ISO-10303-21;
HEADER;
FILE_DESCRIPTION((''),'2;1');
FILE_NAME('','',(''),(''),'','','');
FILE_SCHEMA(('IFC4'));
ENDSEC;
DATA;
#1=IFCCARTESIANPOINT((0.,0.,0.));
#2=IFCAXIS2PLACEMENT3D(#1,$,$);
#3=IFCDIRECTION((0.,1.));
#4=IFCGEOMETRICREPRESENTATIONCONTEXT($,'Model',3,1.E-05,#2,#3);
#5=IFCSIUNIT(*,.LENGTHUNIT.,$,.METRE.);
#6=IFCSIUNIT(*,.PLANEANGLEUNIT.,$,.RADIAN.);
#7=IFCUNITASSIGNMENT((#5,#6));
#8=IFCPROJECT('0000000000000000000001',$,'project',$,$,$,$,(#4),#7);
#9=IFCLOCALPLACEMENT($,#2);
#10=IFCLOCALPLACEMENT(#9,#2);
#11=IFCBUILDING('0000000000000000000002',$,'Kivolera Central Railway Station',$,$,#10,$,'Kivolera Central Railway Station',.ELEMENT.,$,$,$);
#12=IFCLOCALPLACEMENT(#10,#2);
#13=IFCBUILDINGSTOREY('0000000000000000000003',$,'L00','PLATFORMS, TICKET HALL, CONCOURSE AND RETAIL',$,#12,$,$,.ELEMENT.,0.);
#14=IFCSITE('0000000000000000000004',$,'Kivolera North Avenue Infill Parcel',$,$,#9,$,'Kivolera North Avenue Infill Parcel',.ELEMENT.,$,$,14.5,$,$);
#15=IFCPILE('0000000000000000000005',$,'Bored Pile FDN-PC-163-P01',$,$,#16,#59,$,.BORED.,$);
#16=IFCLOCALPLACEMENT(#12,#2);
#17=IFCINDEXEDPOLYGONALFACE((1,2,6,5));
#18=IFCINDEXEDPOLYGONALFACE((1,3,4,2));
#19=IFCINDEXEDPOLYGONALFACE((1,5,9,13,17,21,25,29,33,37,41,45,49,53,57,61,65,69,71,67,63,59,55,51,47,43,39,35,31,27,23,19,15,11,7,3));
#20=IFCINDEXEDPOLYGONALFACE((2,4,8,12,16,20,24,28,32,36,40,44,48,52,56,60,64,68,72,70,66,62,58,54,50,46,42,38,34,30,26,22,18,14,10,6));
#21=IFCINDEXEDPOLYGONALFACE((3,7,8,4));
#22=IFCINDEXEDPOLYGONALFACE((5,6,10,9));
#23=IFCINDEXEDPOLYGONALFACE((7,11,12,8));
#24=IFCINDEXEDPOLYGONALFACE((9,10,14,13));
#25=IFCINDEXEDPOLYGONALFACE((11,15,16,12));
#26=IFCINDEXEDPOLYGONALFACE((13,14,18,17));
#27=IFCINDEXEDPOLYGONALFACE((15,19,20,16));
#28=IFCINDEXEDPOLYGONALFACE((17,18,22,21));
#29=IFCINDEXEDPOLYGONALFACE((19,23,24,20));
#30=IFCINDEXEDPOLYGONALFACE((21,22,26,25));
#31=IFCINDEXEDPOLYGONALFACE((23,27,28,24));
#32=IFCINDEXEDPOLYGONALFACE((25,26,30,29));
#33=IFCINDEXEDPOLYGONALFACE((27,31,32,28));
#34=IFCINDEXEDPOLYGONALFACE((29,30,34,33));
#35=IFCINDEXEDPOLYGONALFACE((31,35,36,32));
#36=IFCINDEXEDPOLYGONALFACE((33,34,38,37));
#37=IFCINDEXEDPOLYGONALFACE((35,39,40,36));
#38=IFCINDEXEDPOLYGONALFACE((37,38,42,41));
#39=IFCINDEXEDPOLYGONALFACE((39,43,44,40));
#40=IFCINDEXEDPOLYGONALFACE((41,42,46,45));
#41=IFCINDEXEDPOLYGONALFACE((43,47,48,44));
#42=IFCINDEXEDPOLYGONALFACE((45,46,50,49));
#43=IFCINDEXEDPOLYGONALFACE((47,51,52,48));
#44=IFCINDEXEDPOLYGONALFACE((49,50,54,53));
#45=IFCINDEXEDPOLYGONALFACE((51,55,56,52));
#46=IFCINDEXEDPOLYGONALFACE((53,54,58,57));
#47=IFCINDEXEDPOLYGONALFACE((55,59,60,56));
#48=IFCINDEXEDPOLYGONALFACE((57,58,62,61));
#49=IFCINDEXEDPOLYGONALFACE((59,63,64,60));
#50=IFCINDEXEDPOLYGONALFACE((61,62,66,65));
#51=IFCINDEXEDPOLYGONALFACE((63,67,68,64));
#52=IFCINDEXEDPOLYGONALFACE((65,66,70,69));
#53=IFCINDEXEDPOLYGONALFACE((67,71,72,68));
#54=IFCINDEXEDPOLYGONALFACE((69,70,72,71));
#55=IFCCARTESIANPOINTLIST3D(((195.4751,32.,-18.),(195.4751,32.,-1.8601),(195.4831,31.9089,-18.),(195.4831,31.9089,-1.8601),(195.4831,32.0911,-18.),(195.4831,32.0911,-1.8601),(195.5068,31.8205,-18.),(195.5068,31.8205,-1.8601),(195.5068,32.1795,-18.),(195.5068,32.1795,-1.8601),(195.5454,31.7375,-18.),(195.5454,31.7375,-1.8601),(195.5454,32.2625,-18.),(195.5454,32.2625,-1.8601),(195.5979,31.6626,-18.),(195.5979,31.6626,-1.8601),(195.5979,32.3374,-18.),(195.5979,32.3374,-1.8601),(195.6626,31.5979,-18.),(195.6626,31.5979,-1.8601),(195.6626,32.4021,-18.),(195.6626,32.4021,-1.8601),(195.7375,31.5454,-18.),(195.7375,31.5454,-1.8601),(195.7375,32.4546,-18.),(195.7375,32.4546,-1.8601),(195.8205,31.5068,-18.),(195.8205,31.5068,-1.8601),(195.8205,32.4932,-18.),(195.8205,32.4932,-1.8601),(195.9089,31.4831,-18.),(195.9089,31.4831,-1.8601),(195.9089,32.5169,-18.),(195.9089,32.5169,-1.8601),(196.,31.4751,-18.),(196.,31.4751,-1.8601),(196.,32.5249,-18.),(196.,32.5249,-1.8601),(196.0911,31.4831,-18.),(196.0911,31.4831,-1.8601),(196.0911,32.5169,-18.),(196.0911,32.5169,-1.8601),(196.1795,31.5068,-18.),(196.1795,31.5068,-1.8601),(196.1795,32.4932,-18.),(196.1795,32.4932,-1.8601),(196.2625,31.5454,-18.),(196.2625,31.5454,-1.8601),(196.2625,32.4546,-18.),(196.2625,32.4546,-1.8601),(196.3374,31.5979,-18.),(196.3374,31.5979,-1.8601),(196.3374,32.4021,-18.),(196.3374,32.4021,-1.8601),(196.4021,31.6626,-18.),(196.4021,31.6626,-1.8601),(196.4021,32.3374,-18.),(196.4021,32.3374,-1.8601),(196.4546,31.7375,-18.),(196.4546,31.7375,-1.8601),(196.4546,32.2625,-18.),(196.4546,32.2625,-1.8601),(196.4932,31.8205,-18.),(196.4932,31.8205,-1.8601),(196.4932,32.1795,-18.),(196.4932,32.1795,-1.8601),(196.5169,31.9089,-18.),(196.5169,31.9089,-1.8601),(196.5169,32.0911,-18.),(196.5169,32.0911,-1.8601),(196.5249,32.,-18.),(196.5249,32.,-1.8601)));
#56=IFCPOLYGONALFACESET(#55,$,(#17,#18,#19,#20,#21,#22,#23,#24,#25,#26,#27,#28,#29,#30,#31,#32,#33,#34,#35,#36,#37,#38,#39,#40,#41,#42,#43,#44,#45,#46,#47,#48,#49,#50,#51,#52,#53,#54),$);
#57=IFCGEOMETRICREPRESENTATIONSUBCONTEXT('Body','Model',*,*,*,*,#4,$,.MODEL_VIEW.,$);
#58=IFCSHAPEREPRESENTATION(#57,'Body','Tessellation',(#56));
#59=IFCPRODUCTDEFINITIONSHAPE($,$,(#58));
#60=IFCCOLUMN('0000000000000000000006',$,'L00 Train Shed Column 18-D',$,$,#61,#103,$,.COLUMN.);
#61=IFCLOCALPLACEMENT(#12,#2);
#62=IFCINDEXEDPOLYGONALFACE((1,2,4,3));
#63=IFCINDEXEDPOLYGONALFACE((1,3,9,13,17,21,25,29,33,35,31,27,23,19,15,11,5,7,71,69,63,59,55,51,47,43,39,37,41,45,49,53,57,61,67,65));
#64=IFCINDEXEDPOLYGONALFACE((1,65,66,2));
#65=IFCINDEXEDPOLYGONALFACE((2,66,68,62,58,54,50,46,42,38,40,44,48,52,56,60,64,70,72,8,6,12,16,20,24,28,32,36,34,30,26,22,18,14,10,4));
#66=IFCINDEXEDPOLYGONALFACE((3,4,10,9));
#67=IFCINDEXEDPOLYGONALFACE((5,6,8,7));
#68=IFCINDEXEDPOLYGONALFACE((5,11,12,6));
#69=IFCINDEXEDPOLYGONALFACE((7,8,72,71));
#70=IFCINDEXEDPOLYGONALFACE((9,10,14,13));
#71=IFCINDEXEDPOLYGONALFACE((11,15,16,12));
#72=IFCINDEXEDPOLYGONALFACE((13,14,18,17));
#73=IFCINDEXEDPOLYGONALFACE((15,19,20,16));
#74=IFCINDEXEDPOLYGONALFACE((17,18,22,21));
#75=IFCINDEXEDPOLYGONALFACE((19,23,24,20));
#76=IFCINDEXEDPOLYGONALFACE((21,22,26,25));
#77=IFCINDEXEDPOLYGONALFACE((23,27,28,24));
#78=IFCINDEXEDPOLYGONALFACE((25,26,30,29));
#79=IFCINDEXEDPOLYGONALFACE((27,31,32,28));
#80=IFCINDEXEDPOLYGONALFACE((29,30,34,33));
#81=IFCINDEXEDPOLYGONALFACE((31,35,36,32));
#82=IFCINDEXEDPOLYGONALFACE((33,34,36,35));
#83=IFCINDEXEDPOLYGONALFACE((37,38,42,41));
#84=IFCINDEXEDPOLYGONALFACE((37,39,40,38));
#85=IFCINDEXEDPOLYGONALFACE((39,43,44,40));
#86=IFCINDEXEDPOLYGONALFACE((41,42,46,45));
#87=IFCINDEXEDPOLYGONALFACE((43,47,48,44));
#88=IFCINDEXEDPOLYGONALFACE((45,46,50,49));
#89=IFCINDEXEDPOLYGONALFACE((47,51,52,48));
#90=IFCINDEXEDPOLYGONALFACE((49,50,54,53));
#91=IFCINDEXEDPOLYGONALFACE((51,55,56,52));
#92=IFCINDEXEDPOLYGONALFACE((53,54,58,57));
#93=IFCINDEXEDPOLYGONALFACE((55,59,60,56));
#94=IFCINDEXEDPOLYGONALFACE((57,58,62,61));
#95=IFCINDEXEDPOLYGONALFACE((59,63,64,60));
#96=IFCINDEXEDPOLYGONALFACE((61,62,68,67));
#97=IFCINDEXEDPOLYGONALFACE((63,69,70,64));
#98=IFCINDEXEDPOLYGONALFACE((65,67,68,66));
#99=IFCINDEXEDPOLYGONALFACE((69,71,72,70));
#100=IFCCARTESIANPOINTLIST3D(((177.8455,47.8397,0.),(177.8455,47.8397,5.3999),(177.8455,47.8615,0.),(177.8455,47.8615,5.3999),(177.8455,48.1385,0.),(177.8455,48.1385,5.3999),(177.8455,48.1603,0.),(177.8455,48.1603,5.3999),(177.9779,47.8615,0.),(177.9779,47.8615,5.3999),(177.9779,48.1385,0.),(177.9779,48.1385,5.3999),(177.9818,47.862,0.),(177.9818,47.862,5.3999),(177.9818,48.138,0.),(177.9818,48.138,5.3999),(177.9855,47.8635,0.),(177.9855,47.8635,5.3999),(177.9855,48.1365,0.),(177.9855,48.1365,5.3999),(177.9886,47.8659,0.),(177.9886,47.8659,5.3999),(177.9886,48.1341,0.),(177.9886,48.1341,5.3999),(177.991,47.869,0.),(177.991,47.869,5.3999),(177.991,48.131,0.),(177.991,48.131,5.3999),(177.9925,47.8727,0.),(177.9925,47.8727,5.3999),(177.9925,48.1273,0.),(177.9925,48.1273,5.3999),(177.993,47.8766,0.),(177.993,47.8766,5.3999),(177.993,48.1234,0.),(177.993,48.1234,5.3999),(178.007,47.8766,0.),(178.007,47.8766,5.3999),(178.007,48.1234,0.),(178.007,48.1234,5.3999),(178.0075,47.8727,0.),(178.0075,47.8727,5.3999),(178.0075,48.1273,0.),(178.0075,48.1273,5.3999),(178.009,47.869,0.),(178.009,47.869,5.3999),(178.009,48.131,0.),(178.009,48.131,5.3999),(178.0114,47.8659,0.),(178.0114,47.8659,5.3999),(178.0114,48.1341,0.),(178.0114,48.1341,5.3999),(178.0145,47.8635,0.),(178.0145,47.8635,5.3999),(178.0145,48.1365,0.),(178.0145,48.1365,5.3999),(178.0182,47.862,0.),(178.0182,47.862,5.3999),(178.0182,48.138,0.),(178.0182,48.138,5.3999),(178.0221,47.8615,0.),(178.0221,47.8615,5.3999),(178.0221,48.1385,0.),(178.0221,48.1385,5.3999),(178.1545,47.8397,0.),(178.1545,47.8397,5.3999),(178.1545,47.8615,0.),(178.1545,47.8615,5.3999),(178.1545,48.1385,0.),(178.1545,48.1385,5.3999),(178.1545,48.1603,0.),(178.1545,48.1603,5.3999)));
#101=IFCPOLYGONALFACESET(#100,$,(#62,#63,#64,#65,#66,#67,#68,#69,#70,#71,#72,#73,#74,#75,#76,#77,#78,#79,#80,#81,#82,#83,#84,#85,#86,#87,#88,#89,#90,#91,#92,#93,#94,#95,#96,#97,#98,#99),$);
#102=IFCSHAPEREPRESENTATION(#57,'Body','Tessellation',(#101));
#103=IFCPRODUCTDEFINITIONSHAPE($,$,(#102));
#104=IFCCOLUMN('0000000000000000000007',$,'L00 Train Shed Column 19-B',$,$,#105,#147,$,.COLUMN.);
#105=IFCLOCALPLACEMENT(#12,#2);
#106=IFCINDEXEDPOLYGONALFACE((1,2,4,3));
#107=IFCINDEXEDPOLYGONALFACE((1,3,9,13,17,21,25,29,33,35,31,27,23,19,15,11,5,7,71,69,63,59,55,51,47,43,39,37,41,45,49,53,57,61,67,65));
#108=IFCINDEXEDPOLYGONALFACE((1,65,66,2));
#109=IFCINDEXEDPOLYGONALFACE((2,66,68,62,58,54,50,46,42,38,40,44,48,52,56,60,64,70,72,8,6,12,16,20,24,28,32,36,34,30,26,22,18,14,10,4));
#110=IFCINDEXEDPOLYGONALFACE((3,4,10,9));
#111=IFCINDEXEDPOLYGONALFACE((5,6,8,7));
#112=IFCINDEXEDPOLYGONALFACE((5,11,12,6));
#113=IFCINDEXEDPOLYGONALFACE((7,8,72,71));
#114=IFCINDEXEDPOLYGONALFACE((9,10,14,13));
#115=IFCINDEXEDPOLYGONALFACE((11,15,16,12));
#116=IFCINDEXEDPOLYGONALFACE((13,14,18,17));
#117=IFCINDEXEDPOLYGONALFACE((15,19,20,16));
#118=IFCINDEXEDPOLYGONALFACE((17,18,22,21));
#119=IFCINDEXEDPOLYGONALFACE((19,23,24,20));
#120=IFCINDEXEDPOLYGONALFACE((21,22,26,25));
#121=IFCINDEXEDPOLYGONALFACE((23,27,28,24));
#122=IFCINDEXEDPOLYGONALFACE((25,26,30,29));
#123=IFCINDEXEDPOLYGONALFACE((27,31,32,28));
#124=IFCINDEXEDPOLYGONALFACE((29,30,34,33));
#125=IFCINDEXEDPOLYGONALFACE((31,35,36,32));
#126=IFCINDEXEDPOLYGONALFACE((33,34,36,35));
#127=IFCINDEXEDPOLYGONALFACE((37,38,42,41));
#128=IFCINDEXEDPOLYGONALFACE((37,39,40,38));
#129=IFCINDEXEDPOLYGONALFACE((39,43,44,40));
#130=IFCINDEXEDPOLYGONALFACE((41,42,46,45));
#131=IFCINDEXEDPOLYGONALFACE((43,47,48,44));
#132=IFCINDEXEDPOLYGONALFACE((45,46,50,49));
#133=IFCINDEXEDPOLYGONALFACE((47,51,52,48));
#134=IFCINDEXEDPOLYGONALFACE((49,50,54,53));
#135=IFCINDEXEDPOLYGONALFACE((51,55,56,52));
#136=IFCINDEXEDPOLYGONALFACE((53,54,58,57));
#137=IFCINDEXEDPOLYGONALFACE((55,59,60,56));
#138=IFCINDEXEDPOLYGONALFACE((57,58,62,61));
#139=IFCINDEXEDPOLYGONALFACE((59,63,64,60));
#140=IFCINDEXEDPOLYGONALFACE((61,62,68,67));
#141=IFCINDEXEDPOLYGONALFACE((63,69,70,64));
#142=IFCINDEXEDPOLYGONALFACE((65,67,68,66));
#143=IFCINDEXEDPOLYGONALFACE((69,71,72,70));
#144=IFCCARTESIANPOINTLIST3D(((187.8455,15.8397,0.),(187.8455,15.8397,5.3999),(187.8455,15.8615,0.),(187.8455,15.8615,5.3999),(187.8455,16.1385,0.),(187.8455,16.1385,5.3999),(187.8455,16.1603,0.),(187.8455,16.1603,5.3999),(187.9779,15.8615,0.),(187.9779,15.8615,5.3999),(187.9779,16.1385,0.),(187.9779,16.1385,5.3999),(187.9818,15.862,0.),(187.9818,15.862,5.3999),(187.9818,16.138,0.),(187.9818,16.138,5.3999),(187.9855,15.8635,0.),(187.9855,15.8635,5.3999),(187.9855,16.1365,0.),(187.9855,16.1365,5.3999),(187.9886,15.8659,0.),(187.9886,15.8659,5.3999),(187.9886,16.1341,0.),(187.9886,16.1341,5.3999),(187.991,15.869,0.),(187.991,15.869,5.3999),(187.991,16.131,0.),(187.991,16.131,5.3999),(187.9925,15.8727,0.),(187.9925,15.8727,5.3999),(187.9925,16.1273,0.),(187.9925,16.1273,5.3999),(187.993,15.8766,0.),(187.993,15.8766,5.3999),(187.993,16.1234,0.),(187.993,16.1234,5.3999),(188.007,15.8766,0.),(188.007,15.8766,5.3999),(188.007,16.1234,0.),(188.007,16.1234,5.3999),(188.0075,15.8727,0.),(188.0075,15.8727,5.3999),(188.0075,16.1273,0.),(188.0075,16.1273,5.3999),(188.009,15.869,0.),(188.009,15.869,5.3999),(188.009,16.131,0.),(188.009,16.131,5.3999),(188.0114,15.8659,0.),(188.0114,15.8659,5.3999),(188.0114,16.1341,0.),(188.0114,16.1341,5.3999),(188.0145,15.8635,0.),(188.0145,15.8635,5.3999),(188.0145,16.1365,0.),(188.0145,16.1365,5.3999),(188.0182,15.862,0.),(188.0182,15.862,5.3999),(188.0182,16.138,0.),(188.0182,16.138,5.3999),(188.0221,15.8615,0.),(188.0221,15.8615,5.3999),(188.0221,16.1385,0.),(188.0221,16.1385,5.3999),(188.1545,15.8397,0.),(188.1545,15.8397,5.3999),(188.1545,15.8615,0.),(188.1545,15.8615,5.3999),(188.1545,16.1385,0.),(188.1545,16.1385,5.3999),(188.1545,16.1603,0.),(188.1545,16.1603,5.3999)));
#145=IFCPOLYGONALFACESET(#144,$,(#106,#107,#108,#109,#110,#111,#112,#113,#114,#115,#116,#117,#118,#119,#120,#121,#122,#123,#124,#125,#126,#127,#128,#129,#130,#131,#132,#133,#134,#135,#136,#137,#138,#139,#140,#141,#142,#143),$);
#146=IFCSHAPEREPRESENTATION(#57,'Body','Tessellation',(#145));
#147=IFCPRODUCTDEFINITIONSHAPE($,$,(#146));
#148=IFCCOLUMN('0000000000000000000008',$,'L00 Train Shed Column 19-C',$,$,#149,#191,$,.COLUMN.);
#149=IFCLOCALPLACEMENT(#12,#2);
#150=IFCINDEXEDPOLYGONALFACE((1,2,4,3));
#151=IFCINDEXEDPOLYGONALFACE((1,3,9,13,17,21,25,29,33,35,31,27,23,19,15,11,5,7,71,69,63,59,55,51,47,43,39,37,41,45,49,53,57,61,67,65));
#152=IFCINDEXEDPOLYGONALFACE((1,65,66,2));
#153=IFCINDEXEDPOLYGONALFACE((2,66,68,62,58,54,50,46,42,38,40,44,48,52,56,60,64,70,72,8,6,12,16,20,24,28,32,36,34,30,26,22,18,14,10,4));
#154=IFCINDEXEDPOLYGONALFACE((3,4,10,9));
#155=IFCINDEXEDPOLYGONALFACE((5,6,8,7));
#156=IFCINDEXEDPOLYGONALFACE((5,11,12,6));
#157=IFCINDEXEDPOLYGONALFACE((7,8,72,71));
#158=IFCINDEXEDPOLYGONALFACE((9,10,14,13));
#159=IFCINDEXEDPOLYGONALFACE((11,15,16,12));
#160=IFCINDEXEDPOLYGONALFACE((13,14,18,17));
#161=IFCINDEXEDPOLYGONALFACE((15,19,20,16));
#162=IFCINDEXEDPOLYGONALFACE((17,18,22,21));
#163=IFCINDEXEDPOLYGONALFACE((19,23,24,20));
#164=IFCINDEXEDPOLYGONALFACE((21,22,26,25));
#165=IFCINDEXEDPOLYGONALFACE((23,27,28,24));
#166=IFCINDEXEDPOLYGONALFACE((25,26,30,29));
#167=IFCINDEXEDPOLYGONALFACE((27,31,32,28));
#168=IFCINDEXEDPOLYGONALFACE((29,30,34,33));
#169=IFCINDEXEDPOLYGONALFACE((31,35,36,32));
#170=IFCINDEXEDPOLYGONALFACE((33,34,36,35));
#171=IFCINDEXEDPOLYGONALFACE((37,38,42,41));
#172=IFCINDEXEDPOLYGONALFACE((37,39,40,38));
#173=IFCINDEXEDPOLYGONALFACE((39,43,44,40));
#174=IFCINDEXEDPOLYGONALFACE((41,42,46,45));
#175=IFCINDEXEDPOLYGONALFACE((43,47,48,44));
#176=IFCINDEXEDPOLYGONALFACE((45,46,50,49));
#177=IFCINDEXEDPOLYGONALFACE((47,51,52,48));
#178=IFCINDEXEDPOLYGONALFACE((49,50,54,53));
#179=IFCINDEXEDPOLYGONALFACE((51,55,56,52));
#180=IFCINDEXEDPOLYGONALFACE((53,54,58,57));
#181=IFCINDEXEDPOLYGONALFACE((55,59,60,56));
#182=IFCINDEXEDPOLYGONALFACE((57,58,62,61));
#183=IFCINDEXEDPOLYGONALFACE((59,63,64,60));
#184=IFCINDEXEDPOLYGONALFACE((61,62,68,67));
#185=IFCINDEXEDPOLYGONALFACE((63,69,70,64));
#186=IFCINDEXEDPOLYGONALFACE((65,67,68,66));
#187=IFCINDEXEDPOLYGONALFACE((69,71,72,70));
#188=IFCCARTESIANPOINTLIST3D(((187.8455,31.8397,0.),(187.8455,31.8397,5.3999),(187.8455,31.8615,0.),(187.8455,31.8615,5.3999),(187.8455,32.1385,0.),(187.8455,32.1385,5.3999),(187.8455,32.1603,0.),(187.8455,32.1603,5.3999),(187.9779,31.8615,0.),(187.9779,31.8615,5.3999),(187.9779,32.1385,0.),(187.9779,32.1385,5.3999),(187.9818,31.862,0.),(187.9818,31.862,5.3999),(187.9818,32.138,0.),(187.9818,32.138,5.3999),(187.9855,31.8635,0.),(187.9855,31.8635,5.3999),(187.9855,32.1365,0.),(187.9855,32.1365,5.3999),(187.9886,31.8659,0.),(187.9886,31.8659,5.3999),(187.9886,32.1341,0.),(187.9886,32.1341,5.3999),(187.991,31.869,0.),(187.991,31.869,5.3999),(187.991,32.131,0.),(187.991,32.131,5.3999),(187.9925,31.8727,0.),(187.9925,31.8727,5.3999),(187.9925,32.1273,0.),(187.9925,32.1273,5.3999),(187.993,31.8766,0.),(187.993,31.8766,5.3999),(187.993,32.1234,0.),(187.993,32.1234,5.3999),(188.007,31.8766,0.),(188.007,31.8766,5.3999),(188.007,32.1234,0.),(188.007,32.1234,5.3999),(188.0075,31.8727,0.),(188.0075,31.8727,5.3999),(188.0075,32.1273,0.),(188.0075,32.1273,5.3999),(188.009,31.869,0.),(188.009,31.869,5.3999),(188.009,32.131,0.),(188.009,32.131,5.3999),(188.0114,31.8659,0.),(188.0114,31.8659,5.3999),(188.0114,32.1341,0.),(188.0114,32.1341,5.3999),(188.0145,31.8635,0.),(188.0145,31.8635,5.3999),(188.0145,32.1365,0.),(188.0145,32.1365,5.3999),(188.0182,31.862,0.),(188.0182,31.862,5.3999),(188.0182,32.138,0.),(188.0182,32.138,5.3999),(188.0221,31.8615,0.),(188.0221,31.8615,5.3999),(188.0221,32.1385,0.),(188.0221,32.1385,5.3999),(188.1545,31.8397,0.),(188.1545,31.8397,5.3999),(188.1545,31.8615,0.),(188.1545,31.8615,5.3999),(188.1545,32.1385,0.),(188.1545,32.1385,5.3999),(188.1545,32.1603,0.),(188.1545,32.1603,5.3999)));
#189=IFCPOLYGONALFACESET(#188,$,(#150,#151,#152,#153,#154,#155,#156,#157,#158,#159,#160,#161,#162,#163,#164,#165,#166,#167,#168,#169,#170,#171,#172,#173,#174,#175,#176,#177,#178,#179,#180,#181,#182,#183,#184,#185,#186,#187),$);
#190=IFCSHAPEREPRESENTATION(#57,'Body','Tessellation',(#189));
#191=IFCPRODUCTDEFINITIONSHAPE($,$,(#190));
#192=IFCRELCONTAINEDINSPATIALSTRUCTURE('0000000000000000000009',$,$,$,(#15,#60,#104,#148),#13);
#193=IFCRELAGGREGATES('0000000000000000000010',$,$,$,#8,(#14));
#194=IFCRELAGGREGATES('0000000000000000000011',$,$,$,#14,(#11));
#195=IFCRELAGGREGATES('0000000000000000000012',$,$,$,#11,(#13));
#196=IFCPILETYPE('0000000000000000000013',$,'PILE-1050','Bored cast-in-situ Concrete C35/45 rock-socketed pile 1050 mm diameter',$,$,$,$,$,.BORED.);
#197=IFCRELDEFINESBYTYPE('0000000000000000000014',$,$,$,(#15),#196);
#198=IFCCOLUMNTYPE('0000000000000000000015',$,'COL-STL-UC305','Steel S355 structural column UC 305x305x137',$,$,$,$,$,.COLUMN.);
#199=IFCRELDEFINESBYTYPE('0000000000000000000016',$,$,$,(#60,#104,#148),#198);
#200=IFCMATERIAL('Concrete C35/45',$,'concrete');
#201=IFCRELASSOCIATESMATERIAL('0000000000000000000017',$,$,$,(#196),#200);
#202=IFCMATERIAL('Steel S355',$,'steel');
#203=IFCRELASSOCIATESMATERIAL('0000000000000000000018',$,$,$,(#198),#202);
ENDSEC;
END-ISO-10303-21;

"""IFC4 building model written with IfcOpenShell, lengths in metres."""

from ifc_helpers import new_model, si_unit, direction, frame, origin, origin_2d, place, context, subcontext, project, spatial, circle, i_section, extrude, material, material_profile, profile_set, type_object, element, save


model = new_model("IFC4")

# Units and contexts
model_context = context("Model", 3, precision=1e-05, world=origin(), true_north=direction((0.0, 1.0)))
body_context = subcontext(model_context, "Body", "Model", "MODEL_VIEW")
ifc_project = project(units=[si_unit("LENGTHUNIT", "METRE"), si_unit("PLANEANGLEUNIT", "RADIAN")], contexts=[model_context])

# Site, building, storey
site_placement = place(None, origin())
site = spatial("IfcSite", under=ifc_project, at=site_placement, Name="Kivolera North Avenue Infill Parcel", LongName="Kivolera North Avenue Infill Parcel", CompositionType="ELEMENT", RefElevation=14.5)
building_placement = place(site_placement, origin())
building = spatial("IfcBuilding", under=site, at=building_placement, Name="Kivolera Central Railway Station", LongName="Kivolera Central Railway Station", CompositionType="ELEMENT")
storey_placement = place(building_placement, origin())
storey = spatial("IfcBuildingStorey", under=building, at=storey_placement, Name="L00", Description="PLATFORMS, TICKET HALL, CONCOURSE AND RETAIL", CompositionType="ELEMENT", Elevation=0.0)

# Shared definitions
ifc_material_1 = material(Name="Concrete C35/45", Category="concrete")

# Pile
ifc_material_profile_1 = material_profile(ifc_material_1, circle(Radius=0.5249, at=origin_2d()), Name="PILE D1050")
ifc_profile_set_1 = profile_set([ifc_material_profile_1], Name="Concrete C35/45")
pile_type = type_object("IfcPileType", Name="PILE-1050", Description="Bored cast-in-situ Concrete C35/45 rock-socketed pile 1050 mm diameter", PredefinedType="BORED", material=ifc_profile_set_1)
for number, where, z_axis, x_axis, name in (
    (1, (196.0, 32.0, -1.8601), (0.0, 0.0, -1.0), (1.0, 0.0, 0.0), "Bored Pile FDN-PC-163-P01"),
):
    element("IfcPile", number, at=place(storey_placement, frame(where, z_axis=z_axis, x_axis=x_axis)), inside=storey, type_object=pile_type, Name=name, PredefinedType="BORED", context=body_context, shape_type="SweptSolid", body=[
        extrude(circle(Radius=0.5249, at=origin_2d()), origin(), (0.0, 0.0, 1.0), 16.1399),
    ])

# Columns
ifc_material_2 = material(Name="Steel S355", Category="steel")
ifc_material_profile_2 = material_profile(ifc_material_2, i_section(OverallWidth=0.3091, OverallDepth=0.3206, WebThickness=0.0139, FlangeThickness=0.0217, FilletRadius=0.0151, at=origin_2d()), Name="UC 305x305x137")
ifc_profile_set_2 = profile_set([ifc_material_profile_2], Name="Steel S355")
column_type_1 = type_object("IfcColumnType", Name="COL-STL-UC305", Description="Steel S355 structural column UC 305x305x137", PredefinedType="COLUMN", material=ifc_profile_set_2)
for number, where, z_axis, x_axis, name in (
    (2, (178.0, 48.0, 0.0), (0.0, 0.0, 1.0), (1.0, 0.0, 0.0), "L00 Train Shed Column 18-D"),
    (3, (188.0, 16.0, 0.0), (0.0, 0.0, 1.0), (1.0, 0.0, 0.0), "L00 Train Shed Column 19-B"),
    (4, (188.0, 32.0, 0.0), (0.0, 0.0, 1.0), (1.0, 0.0, 0.0), "L00 Train Shed Column 19-C"),
):
    element("IfcColumn", number, at=place(storey_placement, frame(where, z_axis=z_axis, x_axis=x_axis)), inside=storey, type_object=column_type_1, Name=name, PredefinedType="COLUMN", context=body_context, shape_type="SweptSolid", body=[
        extrude(i_section(OverallWidth=0.3091, OverallDepth=0.3206, WebThickness=0.0139, FlangeThickness=0.0217, FilletRadius=0.0151, at=origin_2d()), origin(), (0.0, 0.0, 1.0), 5.3999),
    ])

save(model, "model.ifc")
